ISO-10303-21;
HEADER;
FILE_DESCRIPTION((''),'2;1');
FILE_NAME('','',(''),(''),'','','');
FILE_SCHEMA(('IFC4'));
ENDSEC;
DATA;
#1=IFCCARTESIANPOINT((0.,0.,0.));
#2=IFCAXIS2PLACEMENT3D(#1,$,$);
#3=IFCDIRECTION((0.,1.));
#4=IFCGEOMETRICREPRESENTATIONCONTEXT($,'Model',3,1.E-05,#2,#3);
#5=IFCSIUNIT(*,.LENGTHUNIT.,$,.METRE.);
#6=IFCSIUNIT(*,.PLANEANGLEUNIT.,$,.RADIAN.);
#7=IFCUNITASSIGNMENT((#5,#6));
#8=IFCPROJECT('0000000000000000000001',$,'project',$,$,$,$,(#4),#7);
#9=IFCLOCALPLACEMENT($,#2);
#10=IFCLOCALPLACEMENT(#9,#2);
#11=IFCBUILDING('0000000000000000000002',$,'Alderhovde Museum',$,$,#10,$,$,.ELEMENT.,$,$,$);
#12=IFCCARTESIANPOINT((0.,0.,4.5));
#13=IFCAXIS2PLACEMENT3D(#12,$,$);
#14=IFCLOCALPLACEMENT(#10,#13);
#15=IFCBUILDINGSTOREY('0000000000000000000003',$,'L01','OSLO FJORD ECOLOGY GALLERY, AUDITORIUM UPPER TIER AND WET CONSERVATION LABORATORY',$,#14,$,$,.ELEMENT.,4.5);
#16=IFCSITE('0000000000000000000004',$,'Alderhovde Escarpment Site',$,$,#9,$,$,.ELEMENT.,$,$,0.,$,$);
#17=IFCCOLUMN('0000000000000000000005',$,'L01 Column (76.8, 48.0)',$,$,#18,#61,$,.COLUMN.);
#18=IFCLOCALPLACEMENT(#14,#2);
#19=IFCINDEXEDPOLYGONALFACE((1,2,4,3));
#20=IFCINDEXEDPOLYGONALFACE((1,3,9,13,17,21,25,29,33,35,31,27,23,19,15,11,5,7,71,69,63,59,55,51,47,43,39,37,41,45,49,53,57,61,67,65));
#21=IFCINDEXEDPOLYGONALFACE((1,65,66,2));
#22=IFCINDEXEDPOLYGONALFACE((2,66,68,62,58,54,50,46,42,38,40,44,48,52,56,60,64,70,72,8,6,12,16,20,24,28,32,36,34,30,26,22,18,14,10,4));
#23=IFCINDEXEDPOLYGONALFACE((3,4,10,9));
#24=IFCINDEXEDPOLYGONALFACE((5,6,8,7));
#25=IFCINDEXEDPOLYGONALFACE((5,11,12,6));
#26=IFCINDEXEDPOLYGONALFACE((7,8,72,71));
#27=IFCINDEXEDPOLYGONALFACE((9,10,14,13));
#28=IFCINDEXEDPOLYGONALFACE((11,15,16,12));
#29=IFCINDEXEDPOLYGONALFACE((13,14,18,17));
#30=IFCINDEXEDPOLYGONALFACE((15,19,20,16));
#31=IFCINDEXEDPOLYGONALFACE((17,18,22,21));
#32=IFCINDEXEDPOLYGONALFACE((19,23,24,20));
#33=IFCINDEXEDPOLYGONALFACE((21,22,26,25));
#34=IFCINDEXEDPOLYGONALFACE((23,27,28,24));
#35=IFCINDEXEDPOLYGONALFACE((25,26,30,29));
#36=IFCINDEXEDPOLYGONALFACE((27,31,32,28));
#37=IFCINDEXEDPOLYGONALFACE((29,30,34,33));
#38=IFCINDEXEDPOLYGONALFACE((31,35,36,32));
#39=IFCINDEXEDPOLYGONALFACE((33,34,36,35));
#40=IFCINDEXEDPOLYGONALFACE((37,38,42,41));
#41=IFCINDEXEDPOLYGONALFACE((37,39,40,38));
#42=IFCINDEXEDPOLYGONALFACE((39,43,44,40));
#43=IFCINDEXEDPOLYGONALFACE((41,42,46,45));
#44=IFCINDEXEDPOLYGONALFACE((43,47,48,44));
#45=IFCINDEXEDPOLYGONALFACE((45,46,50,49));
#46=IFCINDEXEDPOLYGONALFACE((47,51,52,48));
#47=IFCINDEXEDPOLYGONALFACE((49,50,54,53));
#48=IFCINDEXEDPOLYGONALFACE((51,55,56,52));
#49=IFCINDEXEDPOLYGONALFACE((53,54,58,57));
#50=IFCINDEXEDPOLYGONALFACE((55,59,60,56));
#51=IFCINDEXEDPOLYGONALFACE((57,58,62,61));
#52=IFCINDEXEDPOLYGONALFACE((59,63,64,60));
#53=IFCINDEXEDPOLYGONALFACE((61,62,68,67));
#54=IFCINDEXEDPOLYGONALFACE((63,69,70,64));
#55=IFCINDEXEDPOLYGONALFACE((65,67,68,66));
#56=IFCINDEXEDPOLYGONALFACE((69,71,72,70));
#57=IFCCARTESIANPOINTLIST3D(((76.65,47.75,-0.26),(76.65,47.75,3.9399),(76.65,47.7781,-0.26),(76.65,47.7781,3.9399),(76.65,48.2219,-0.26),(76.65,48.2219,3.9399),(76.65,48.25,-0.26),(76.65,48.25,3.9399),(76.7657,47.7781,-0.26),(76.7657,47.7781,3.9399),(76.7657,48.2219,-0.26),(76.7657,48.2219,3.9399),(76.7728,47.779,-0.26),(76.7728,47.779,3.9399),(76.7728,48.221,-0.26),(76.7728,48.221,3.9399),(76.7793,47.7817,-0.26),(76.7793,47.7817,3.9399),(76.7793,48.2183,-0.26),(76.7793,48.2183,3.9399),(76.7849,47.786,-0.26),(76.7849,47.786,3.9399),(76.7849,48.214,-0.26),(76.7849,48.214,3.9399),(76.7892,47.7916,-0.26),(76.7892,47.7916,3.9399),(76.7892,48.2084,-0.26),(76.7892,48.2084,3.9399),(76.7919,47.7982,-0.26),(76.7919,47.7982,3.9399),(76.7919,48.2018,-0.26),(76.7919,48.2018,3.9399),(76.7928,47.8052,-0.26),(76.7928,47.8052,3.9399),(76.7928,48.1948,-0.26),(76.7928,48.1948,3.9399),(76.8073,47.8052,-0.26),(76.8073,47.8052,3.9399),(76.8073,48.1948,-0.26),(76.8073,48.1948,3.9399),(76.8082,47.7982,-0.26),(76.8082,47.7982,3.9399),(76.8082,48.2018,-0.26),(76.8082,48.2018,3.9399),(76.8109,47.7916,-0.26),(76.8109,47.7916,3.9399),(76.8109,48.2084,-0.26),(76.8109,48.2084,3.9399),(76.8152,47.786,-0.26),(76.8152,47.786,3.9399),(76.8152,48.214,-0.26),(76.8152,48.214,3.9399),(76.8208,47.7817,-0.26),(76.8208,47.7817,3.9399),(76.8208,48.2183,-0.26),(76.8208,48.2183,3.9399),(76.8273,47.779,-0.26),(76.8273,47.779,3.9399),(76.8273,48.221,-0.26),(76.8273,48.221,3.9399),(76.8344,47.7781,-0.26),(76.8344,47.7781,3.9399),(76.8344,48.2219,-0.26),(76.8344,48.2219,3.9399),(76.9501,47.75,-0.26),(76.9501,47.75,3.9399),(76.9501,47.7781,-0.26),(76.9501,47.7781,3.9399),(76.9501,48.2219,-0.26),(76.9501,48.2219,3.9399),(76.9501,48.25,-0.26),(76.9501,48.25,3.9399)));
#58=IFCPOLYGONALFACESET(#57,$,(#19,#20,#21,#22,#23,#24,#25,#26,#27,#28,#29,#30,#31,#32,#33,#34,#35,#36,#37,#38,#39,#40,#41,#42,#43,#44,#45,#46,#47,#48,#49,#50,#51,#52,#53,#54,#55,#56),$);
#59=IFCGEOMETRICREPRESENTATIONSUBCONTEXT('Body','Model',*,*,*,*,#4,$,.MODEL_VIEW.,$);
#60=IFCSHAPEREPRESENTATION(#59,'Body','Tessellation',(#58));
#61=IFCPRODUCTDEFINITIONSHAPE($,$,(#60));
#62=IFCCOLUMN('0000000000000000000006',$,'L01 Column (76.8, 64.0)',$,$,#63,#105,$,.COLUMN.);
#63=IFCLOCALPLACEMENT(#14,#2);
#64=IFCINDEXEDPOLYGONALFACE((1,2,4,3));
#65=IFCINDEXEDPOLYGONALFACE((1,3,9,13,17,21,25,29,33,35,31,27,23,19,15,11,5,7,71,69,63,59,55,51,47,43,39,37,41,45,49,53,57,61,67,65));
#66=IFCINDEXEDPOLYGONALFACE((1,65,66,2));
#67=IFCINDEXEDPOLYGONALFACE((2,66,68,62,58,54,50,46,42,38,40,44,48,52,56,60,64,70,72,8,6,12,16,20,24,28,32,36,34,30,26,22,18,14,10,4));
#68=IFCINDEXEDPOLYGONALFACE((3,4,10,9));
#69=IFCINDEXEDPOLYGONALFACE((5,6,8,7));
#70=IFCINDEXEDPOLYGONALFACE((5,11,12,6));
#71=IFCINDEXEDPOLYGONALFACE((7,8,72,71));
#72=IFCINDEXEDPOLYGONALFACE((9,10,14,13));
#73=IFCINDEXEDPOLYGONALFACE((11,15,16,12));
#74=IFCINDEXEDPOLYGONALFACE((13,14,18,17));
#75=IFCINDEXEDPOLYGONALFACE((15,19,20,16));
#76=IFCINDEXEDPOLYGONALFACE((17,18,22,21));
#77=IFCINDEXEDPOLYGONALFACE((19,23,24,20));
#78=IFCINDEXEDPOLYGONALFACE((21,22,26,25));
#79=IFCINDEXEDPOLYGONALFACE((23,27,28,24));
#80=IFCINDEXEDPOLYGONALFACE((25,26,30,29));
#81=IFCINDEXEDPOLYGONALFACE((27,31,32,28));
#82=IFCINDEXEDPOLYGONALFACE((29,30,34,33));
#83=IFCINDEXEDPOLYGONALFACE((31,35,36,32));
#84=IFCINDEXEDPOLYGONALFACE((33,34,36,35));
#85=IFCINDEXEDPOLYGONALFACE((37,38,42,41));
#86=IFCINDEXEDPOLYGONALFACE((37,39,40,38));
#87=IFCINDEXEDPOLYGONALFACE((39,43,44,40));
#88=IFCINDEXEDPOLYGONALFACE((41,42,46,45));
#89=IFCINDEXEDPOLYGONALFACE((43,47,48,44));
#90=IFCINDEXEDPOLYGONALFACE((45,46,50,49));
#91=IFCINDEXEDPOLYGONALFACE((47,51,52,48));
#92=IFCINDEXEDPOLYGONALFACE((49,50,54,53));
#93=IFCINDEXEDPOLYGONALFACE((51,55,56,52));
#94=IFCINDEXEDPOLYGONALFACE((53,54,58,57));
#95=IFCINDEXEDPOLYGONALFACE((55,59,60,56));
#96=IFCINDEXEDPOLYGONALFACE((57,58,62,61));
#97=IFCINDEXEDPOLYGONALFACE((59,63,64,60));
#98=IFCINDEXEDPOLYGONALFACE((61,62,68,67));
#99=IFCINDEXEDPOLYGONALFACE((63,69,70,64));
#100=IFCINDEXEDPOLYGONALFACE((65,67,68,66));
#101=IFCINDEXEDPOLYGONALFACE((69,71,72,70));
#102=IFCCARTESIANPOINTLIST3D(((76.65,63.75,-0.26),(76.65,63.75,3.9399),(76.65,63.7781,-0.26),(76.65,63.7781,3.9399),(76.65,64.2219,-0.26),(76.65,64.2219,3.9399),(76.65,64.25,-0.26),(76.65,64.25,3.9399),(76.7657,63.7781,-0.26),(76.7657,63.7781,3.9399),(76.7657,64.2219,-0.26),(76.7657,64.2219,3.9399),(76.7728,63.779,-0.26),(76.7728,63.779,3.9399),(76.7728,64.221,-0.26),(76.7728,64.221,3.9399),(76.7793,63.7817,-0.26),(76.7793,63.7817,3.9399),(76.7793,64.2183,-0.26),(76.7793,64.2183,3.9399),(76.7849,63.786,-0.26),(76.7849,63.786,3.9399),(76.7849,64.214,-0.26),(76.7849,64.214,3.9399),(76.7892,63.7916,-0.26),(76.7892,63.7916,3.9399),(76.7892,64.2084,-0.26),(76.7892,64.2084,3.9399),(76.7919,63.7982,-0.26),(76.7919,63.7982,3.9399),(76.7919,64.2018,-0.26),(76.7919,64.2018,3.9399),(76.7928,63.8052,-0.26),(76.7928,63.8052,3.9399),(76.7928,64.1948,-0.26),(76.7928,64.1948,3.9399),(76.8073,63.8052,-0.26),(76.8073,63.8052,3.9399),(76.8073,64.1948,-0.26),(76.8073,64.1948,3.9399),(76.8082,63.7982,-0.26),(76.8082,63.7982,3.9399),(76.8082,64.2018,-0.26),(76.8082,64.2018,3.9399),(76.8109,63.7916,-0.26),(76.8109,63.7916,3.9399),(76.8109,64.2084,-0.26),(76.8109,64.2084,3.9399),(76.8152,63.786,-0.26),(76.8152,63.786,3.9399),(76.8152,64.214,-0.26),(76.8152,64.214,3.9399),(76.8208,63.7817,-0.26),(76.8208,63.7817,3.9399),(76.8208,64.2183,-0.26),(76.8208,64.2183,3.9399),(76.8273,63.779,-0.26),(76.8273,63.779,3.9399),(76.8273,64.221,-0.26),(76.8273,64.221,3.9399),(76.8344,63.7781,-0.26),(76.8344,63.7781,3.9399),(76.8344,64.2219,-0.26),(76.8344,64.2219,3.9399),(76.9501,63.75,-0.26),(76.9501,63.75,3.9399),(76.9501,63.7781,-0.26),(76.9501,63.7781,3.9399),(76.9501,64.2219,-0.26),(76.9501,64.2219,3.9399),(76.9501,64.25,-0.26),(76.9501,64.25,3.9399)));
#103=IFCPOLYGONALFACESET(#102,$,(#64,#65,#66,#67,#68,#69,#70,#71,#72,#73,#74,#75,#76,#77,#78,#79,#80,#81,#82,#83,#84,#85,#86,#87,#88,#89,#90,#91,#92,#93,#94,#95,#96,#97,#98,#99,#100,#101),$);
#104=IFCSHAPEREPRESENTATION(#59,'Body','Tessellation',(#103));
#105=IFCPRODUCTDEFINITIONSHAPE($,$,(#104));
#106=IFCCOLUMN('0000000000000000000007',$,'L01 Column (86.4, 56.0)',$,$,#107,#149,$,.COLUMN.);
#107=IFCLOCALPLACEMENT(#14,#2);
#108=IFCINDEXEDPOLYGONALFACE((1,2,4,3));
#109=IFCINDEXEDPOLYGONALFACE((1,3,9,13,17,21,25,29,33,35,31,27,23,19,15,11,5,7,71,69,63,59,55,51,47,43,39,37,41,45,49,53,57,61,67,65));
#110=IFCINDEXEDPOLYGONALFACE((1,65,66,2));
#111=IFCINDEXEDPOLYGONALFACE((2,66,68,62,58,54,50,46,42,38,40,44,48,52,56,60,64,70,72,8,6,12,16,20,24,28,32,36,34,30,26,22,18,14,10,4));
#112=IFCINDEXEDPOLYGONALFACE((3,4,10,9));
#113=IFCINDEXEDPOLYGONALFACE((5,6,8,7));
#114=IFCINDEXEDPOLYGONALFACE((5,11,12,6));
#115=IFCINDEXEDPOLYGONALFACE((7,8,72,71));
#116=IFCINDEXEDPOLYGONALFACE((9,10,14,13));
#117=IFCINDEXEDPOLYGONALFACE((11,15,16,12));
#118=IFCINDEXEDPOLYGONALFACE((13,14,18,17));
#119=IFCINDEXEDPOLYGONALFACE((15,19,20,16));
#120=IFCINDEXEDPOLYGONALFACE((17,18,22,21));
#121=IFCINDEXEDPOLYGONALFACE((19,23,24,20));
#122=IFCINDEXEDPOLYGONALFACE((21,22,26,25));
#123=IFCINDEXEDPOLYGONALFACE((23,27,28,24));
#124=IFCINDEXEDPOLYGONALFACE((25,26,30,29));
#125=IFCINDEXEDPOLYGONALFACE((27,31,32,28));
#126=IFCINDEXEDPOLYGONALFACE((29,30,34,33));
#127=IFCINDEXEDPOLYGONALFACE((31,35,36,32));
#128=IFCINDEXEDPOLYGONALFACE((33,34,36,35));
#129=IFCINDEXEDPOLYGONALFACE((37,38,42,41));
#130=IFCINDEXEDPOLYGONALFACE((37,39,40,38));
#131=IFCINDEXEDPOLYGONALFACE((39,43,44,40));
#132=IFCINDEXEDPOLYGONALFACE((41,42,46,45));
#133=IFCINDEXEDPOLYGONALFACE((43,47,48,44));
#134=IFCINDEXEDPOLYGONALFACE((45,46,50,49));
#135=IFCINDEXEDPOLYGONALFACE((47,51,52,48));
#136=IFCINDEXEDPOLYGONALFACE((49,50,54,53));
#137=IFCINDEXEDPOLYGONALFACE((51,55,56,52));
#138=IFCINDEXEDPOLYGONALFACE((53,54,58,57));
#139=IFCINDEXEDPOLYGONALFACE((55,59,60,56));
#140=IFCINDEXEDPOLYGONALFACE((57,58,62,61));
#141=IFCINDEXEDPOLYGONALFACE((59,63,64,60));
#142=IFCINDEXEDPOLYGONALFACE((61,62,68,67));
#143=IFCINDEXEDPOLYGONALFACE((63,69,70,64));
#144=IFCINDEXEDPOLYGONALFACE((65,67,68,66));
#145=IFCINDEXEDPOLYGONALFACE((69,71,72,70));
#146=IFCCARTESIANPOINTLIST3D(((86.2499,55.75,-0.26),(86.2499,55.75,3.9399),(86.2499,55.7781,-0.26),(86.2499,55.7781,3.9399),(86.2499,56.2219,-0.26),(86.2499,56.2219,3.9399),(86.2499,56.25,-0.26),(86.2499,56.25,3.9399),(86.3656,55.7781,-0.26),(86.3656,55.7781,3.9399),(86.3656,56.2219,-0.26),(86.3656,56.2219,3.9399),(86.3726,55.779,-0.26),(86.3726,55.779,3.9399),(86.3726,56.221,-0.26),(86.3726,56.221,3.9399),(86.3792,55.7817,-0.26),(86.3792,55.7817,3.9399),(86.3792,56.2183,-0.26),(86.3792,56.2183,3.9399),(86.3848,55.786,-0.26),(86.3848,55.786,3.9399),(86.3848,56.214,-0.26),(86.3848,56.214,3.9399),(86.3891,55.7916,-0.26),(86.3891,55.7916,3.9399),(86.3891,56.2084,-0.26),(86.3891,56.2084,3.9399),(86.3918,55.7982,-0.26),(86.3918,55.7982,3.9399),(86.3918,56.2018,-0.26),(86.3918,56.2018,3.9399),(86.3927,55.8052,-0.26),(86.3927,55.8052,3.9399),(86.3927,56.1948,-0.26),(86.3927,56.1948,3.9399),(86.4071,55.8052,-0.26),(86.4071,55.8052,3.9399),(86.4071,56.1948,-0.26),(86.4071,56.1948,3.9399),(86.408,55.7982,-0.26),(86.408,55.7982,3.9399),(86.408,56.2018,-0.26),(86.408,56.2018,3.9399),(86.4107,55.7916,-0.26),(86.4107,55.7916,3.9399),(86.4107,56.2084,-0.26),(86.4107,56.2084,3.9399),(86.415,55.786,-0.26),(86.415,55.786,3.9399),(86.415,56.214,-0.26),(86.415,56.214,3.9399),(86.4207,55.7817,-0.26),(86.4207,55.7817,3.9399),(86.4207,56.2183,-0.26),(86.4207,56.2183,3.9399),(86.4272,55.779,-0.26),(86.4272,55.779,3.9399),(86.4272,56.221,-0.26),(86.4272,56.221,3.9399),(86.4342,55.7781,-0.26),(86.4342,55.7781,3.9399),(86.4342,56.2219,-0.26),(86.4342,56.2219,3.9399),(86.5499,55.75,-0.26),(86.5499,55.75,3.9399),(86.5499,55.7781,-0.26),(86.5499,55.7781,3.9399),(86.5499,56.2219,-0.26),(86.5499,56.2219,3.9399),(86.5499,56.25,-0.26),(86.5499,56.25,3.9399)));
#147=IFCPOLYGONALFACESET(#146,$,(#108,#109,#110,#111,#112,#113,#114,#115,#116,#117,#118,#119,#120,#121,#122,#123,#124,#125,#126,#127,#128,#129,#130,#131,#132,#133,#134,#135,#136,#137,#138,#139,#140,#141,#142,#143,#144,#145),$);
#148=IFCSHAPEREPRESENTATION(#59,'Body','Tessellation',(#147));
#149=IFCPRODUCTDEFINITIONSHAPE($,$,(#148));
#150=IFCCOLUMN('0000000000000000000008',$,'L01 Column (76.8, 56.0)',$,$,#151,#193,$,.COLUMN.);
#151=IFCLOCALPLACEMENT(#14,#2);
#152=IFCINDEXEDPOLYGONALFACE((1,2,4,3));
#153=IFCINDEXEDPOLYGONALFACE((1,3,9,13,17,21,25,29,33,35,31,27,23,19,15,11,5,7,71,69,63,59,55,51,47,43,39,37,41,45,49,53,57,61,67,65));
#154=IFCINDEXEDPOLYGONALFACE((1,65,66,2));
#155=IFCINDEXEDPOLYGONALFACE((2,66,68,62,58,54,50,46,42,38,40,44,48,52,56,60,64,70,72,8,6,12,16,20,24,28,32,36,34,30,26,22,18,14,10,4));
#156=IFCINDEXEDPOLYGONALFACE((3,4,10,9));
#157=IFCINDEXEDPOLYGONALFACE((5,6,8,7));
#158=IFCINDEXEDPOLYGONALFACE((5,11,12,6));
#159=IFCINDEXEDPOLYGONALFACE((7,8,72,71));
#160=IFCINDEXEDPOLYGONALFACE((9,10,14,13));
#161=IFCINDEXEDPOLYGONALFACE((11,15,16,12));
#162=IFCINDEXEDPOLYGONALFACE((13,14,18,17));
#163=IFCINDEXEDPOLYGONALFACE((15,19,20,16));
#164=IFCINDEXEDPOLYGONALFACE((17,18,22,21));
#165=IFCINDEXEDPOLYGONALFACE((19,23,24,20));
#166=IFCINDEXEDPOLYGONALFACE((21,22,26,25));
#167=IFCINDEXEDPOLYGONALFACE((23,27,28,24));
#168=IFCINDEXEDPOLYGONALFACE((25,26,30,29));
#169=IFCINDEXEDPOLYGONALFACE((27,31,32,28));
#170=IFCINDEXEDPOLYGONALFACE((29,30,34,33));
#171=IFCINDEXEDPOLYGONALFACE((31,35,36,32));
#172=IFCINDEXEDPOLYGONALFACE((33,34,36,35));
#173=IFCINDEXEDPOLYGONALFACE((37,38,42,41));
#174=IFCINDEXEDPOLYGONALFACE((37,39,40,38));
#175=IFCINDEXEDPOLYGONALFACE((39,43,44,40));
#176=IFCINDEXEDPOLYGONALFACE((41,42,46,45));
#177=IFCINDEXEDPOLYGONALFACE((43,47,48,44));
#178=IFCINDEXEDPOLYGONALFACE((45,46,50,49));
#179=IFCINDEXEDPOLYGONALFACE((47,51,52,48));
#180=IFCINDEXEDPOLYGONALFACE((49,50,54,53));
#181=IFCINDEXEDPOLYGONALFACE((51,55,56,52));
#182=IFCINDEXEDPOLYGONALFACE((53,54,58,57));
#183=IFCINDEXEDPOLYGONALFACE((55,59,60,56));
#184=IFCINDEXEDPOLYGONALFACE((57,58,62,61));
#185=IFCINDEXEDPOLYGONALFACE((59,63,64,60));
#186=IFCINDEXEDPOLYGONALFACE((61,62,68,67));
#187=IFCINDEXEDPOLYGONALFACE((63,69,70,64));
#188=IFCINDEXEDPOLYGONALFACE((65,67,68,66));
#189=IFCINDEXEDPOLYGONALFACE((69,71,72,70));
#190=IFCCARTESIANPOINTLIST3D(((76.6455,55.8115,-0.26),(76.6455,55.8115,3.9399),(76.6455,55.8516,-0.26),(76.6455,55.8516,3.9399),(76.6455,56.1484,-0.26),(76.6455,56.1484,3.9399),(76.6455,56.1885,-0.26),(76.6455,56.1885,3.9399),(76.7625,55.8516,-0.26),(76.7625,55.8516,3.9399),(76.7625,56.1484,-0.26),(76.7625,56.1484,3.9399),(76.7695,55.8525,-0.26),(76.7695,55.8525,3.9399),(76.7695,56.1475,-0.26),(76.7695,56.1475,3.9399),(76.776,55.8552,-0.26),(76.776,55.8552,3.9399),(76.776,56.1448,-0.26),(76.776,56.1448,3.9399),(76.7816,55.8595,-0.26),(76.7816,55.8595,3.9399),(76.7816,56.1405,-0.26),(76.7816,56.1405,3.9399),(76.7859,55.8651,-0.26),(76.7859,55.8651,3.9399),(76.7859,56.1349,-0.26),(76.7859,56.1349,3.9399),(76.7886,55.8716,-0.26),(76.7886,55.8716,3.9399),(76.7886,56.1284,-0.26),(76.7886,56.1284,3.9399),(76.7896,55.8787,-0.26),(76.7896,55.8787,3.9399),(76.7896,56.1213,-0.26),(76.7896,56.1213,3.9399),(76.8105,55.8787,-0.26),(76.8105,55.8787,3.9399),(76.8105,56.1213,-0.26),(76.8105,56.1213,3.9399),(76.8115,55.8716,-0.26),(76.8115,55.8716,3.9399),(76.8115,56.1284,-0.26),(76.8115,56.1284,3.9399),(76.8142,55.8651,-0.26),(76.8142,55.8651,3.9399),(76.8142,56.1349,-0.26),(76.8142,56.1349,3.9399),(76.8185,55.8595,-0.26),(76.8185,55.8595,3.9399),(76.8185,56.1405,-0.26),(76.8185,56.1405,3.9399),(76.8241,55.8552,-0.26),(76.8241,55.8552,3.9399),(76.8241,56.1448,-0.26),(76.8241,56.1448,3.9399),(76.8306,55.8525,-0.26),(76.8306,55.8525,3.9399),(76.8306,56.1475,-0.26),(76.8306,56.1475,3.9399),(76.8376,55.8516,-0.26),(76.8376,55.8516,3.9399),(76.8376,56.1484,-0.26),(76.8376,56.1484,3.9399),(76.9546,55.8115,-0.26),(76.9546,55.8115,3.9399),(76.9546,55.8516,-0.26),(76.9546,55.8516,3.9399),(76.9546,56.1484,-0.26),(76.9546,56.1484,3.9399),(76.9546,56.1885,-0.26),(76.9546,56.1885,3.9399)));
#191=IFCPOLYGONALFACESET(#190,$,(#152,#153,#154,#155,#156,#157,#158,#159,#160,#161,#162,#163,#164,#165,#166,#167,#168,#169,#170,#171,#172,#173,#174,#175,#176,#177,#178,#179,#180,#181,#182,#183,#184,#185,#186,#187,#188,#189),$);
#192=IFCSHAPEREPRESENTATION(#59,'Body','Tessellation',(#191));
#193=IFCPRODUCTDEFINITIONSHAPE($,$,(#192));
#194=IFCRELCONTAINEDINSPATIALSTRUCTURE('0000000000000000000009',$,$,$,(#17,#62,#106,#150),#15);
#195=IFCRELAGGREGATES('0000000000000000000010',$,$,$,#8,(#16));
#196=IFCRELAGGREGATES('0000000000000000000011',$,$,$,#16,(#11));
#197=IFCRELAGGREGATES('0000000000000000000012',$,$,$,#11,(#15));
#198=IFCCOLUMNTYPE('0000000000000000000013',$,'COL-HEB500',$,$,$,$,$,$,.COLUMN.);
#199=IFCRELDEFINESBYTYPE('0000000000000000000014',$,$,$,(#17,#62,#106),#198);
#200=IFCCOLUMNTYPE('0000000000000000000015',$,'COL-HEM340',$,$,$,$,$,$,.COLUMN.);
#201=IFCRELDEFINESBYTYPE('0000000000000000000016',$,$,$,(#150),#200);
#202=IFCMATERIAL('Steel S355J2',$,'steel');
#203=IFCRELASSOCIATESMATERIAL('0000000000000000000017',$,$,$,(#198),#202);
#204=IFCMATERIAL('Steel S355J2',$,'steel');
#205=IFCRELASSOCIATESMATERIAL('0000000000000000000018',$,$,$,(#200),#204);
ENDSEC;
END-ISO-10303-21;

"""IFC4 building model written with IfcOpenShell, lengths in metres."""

from ifc_helpers import new_model, si_unit, direction, frame, origin, origin_2d, place, context, subcontext, project, spatial, i_section, extrude, material, material_profile, profile_set, type_object, element, save


model = new_model("IFC4")

# Units and contexts
model_context = context("Model", 3, precision=1e-05, world=origin(), true_north=direction((0.0, 1.0)))
body_context = subcontext(model_context, "Body", "Model", "MODEL_VIEW")
ifc_project = project(units=[si_unit("LENGTHUNIT", "METRE"), si_unit("PLANEANGLEUNIT", "RADIAN")], contexts=[model_context])

# Site, building, storey
site_placement = place(None, origin())
site = spatial("IfcSite", under=ifc_project, at=site_placement, Name="Alderhovde Escarpment Site", CompositionType="ELEMENT", RefElevation=0.0)
building_placement = place(site_placement, origin())
building = spatial("IfcBuilding", under=site, at=building_placement, Name="Alderhovde Museum", CompositionType="ELEMENT")
storey_placement = place(building_placement, frame((0.0, 0.0, 4.5)))
storey = spatial("IfcBuildingStorey", under=building, at=storey_placement, Name="L01", Description="OSLO FJORD ECOLOGY GALLERY, AUDITORIUM UPPER TIER AND WET CONSERVATION LABORATORY", CompositionType="ELEMENT", Elevation=4.5)

# Columns
ifc_material_1 = material(Name="Steel S355J2", Category="steel")
ifc_material_profile_1 = material_profile(ifc_material_1, i_section(OverallWidth=0.3, OverallDepth=0.5, WebThickness=0.0144, FlangeThickness=0.0281, FilletRadius=0.0271, at=origin_2d()), Name="HEB 500")
ifc_profile_set_1 = profile_set([ifc_material_profile_1], Name="Steel S355J2")
column_type_1 = type_object("IfcColumnType", Name="COL-HEB500", PredefinedType="COLUMN", material=ifc_profile_set_1)
for number, where, z_axis, x_axis, name in (
    (1, (76.8, 48.0, -0.26), (0.0, 0.0, 1.0), (1.0, 0.0, 0.0), "L01 Column (76.8, 48.0)"),
    (2, (76.8, 64.0, -0.26), (0.0, 0.0, 1.0), (1.0, 0.0, 0.0), "L01 Column (76.8, 64.0)"),
    (3, (86.3999, 56.0, -0.26), (0.0, 0.0, 1.0), (1.0, 0.0, 0.0), "L01 Column (86.4, 56.0)"),
):
    element("IfcColumn", number, at=place(storey_placement, frame(where, z_axis=z_axis, x_axis=x_axis)), inside=storey, type_object=column_type_1, Name=name, PredefinedType="COLUMN", context=body_context, shape_type="SweptSolid", body=[
        extrude(i_section(OverallWidth=0.3, OverallDepth=0.5, WebThickness=0.0144, FlangeThickness=0.0281, FilletRadius=0.0271, at=origin_2d()), origin(), (0.0, 0.0, 1.0), 4.2),
    ])
ifc_material_2 = material(Name="Steel S355J2", Category="steel")
ifc_material_profile_2 = material_profile(ifc_material_2, i_section(OverallWidth=0.3091, OverallDepth=0.377, WebThickness=0.021, FlangeThickness=0.04, FilletRadius=0.0271, at=origin_2d()), Name="HEM 340")
ifc_profile_set_2 = profile_set([ifc_material_profile_2], Name="Steel S355J2")
column_type_2 = type_object("IfcColumnType", Name="COL-HEM340", PredefinedType="COLUMN", material=ifc_profile_set_2)
for number, where, z_axis, x_axis, name in (
    (4, (76.8, 56.0, -0.26), (0.0, 0.0, 1.0), (1.0, 0.0, 0.0), "L01 Column (76.8, 56.0)"),
):
    element("IfcColumn", number, at=place(storey_placement, frame(where, z_axis=z_axis, x_axis=x_axis)), inside=storey, type_object=column_type_2, Name=name, PredefinedType="COLUMN", context=body_context, shape_type="SweptSolid", body=[
        extrude(i_section(OverallWidth=0.3091, OverallDepth=0.377, WebThickness=0.021, FlangeThickness=0.04, FilletRadius=0.0271, at=origin_2d()), origin(), (0.0, 0.0, 1.0), 4.2),
    ])

save(model, "model.ifc")
